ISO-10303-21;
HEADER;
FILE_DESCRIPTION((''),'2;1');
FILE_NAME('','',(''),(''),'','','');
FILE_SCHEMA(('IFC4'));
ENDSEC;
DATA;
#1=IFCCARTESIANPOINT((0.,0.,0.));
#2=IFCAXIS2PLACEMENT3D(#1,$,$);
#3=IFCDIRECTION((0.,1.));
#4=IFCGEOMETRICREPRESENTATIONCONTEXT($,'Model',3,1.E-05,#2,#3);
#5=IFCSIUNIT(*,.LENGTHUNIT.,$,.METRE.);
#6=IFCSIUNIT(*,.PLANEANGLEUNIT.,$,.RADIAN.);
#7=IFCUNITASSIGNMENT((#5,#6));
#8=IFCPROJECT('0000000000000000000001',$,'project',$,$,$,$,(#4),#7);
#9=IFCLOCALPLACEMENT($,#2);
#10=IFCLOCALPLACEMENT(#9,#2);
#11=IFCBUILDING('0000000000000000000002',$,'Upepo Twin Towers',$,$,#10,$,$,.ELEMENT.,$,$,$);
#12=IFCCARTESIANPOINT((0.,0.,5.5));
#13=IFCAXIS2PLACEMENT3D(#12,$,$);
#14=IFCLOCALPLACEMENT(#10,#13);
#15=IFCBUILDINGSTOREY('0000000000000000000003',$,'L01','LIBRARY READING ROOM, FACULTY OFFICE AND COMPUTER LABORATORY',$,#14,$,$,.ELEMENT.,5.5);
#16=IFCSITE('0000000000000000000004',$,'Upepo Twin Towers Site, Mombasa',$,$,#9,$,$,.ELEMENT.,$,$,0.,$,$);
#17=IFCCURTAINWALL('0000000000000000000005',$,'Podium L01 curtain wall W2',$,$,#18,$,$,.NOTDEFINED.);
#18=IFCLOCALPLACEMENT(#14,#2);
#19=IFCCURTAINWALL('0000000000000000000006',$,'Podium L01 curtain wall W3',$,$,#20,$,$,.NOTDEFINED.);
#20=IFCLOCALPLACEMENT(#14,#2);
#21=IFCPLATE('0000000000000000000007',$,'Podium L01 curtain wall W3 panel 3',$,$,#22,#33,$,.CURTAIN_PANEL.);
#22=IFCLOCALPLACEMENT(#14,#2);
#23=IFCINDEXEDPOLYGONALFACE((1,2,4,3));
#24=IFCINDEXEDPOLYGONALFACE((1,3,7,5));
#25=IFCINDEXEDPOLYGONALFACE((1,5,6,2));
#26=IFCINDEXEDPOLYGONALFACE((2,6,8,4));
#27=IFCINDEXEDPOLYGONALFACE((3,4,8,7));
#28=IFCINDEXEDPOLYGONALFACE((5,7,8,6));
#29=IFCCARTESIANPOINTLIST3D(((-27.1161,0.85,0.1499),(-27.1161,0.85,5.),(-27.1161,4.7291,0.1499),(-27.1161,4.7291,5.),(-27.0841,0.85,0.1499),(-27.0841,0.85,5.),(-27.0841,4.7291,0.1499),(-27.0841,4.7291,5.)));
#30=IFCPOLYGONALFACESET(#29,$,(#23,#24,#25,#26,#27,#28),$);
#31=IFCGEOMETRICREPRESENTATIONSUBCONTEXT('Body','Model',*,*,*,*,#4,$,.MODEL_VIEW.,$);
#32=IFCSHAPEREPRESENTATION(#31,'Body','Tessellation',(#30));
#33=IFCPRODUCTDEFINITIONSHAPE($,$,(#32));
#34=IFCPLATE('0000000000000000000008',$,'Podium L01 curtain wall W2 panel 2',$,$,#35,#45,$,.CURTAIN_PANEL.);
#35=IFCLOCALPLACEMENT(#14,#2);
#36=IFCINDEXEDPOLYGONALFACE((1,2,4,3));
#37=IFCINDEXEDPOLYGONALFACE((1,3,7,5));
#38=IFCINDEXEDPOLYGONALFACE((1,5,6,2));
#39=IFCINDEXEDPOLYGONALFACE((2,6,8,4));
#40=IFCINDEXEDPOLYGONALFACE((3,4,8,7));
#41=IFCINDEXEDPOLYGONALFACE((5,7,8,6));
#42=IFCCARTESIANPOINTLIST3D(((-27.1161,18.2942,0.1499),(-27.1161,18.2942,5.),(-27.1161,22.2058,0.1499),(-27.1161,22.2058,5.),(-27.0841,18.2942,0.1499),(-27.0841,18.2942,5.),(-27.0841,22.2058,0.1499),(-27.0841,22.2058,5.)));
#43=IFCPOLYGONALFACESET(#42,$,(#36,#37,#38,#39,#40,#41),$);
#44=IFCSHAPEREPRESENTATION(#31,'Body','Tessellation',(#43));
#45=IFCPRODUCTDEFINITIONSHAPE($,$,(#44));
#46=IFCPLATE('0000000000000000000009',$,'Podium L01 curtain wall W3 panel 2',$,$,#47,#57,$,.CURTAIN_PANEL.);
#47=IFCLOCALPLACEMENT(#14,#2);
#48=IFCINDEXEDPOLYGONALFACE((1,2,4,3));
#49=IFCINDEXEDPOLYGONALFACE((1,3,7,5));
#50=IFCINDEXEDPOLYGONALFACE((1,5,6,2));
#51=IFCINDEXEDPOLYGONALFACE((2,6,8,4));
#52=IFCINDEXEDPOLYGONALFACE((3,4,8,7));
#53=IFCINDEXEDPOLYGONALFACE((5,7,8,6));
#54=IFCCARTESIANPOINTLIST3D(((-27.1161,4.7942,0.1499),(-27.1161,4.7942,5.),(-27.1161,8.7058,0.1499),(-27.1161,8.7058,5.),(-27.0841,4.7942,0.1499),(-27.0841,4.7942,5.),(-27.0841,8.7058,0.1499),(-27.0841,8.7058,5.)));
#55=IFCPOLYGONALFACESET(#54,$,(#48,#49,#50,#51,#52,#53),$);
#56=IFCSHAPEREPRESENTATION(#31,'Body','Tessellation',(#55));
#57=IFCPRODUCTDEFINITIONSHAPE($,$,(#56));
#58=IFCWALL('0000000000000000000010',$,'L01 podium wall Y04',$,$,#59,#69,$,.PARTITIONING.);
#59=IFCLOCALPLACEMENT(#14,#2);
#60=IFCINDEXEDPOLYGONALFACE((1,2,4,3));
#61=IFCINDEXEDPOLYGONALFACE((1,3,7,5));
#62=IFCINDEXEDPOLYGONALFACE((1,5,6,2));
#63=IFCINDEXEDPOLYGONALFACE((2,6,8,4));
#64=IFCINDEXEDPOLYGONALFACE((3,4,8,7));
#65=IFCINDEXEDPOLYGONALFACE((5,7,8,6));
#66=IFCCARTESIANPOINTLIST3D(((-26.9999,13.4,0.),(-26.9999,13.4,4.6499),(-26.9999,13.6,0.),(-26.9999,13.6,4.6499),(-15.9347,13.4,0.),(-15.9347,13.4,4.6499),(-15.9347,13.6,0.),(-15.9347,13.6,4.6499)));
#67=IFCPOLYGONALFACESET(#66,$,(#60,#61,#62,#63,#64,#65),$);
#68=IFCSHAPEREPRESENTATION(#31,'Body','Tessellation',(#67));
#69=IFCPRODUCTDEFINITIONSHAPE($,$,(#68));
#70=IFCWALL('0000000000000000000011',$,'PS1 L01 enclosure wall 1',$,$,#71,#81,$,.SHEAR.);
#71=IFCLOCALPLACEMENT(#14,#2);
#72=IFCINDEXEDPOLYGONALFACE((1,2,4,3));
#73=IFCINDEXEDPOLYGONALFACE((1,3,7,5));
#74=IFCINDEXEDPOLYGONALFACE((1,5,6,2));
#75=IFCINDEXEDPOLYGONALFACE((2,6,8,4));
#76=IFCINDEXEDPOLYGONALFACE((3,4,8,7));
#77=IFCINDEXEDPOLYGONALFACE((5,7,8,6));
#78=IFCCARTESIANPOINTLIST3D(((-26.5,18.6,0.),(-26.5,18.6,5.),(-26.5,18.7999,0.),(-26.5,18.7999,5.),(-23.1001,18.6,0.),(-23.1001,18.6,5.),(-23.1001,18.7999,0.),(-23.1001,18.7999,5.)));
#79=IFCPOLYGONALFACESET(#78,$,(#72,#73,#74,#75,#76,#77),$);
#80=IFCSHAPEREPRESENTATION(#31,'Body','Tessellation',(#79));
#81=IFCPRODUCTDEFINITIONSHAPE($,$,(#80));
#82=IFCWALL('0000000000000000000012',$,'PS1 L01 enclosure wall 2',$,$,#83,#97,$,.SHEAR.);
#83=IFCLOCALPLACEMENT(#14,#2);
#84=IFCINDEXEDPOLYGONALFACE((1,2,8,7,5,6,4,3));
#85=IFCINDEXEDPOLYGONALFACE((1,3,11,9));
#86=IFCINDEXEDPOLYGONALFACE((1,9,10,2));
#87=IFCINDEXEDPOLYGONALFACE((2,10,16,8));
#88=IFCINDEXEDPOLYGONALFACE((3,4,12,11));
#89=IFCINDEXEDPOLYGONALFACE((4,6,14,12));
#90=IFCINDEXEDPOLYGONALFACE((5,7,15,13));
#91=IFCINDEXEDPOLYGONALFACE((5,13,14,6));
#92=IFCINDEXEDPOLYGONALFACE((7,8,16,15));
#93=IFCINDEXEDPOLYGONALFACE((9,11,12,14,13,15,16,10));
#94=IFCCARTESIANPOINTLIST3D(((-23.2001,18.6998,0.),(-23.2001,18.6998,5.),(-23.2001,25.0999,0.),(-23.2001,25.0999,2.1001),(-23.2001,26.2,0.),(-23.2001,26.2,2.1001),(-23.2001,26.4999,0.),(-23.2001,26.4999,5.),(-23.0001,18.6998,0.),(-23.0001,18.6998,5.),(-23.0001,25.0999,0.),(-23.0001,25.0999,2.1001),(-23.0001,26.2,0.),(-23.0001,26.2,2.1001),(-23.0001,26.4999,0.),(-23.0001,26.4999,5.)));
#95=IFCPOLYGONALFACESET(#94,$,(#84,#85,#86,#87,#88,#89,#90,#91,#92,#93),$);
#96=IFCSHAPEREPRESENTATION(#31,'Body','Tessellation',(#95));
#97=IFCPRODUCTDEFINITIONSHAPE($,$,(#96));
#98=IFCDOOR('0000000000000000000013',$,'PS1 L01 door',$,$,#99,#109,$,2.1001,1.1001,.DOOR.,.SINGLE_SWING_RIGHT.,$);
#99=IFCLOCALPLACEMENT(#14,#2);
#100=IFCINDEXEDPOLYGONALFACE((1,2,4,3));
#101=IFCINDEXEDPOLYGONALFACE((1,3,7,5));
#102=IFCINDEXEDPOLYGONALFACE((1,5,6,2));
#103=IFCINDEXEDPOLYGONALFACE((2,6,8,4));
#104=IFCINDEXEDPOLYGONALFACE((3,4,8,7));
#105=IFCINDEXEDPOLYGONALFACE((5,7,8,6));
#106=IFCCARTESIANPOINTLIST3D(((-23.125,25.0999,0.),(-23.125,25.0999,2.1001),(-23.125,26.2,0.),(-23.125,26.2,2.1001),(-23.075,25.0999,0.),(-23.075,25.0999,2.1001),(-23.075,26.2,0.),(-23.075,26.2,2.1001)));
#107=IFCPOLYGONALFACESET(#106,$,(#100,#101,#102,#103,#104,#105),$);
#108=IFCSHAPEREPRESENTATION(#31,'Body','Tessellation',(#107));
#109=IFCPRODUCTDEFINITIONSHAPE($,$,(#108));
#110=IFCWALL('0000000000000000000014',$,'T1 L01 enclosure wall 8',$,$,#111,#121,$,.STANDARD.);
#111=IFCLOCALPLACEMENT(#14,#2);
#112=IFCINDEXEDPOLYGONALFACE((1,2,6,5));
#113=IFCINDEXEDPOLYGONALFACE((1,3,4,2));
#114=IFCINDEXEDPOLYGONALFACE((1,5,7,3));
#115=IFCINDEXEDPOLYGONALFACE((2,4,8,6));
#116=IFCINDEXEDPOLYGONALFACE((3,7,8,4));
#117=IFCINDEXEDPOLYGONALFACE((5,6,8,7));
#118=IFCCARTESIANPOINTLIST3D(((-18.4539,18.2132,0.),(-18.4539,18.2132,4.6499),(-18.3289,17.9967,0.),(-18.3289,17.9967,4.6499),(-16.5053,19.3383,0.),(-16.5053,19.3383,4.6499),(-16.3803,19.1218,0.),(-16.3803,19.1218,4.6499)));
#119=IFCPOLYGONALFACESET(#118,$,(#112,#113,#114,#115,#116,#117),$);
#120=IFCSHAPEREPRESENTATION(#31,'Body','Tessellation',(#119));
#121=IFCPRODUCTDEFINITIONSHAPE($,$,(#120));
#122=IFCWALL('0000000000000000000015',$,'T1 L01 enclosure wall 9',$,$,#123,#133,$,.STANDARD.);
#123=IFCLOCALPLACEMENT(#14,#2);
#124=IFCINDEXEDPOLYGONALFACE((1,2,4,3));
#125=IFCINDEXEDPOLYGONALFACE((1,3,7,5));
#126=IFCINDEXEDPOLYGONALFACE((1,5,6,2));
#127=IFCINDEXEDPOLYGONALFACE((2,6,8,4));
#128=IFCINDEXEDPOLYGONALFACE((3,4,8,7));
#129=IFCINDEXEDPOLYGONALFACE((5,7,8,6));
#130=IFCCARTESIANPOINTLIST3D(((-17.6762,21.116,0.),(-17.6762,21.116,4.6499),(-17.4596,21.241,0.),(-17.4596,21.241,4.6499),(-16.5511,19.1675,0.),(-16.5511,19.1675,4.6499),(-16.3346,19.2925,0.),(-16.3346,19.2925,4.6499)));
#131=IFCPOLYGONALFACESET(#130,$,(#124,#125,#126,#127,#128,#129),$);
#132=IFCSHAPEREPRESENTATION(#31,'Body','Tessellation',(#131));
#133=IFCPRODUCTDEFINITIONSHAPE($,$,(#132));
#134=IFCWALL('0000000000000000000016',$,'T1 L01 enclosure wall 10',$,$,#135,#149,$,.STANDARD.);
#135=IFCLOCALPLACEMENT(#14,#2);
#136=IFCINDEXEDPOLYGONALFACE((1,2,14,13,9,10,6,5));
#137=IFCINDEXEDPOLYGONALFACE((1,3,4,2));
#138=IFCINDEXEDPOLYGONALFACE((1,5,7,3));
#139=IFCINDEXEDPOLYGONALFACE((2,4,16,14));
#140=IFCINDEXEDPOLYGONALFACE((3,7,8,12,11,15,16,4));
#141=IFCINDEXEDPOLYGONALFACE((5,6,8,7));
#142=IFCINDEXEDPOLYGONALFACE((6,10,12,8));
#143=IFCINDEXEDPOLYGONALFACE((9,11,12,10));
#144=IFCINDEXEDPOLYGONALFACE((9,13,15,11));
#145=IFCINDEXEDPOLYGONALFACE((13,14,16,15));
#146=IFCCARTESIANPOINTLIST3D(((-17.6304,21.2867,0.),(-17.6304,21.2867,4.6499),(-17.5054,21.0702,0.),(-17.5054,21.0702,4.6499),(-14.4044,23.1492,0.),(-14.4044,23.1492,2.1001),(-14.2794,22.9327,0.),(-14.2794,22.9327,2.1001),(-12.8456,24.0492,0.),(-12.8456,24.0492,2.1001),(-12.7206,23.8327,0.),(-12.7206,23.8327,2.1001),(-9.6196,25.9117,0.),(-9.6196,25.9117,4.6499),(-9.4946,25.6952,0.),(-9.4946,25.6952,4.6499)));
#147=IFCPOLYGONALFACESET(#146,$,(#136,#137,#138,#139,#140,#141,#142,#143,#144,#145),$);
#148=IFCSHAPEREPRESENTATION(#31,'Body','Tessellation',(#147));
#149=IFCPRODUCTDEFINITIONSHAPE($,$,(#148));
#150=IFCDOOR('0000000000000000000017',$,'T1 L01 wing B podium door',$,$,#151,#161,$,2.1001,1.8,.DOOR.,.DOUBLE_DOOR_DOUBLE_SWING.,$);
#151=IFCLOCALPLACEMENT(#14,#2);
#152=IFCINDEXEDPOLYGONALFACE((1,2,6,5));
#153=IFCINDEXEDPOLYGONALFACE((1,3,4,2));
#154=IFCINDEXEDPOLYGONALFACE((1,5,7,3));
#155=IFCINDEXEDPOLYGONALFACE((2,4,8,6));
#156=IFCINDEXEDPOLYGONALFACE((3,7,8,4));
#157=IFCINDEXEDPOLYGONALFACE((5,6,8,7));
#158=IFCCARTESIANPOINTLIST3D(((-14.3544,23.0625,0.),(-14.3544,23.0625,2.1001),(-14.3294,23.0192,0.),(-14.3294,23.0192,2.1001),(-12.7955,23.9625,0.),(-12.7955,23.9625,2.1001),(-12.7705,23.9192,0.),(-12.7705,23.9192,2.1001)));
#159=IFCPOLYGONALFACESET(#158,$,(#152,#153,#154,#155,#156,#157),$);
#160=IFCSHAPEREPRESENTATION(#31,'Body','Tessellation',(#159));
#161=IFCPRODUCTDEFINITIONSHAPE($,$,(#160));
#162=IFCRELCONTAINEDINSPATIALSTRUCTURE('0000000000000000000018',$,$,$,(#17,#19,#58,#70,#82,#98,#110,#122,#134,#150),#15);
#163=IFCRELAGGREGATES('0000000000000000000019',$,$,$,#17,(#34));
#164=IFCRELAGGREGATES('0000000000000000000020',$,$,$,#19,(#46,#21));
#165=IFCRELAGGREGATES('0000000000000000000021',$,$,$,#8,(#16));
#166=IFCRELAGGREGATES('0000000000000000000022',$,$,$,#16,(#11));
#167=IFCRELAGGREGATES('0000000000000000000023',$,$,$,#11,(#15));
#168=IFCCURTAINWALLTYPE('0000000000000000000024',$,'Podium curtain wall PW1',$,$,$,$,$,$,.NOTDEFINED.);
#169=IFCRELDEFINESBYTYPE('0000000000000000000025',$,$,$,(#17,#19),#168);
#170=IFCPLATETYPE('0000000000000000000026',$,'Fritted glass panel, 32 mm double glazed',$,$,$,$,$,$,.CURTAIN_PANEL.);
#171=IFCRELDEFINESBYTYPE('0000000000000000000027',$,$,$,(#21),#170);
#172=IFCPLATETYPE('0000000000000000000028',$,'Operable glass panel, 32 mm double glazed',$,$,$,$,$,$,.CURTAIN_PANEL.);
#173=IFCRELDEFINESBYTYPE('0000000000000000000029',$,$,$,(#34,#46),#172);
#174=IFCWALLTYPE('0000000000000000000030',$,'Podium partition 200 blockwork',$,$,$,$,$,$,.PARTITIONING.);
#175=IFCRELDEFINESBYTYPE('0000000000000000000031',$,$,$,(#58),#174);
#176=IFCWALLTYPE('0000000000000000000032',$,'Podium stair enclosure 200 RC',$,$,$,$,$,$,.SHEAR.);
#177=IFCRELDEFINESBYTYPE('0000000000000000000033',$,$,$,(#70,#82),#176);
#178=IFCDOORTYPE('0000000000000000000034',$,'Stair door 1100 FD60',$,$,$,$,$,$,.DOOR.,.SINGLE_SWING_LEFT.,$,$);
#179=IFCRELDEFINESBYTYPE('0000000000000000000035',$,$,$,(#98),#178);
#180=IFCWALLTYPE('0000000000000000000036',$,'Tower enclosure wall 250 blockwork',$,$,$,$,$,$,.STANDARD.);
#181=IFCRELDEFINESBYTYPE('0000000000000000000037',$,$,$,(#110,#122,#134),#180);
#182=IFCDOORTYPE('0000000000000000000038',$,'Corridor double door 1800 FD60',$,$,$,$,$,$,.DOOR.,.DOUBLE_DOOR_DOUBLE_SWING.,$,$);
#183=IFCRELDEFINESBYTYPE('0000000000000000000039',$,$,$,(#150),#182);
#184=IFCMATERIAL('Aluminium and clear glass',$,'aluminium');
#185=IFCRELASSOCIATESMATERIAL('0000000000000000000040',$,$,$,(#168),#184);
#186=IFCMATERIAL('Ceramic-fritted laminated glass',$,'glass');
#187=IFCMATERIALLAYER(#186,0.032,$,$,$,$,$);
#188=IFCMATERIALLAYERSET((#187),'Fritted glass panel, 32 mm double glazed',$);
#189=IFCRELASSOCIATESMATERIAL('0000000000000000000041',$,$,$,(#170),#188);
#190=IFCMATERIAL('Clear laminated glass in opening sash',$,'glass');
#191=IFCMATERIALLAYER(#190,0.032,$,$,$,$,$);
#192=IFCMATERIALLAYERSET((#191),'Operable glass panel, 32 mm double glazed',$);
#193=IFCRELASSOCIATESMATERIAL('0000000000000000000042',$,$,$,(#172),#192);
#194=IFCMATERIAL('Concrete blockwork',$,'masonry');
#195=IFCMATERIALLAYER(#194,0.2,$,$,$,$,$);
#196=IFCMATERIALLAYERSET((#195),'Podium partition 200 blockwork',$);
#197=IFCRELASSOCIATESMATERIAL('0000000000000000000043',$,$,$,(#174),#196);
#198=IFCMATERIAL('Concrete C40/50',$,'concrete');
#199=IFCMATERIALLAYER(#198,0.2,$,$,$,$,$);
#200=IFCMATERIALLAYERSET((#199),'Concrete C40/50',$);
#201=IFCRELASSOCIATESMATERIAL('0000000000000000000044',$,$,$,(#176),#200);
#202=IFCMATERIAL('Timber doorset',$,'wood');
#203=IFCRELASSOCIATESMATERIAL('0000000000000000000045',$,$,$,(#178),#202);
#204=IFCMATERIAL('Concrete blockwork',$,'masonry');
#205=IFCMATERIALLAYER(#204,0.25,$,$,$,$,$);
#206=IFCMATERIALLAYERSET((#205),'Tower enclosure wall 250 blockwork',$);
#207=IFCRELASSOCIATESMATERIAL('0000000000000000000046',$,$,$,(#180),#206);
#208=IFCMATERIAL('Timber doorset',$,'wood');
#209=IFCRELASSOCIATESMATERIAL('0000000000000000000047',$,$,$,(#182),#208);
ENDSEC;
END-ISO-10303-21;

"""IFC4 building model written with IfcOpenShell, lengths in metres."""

from ifc_helpers import new_model, si_unit, direction, frame, frame_2d, origin, origin_2d, place, context, subcontext, project, spatial, rectangle, extrude, material, layer, layer_set, type_object, element, fill, aggregate, save


model = new_model("IFC4")

# Units and contexts
model_context = context("Model", 3, precision=1e-05, world=origin(), true_north=direction((0.0, 1.0)))
body_context = subcontext(model_context, "Body", "Model", "MODEL_VIEW")
ifc_project = project(units=[si_unit("LENGTHUNIT", "METRE"), si_unit("PLANEANGLEUNIT", "RADIAN")], contexts=[model_context])

# Site, building, storey
site_placement = place(None, origin())
site = spatial("IfcSite", under=ifc_project, at=site_placement, Name="Upepo Twin Towers Site, Mombasa", CompositionType="ELEMENT", RefElevation=0.0)
building_placement = place(site_placement, origin())
building = spatial("IfcBuilding", under=site, at=building_placement, Name="Upepo Twin Towers", CompositionType="ELEMENT")
storey_placement = place(building_placement, frame((0.0, 0.0, 5.5)))
storey = spatial("IfcBuildingStorey", under=building, at=storey_placement, Name="L01", Description="LIBRARY READING ROOM, FACULTY OFFICE AND COMPUTER LABORATORY", CompositionType="ELEMENT", Elevation=5.5)

# Curtain walls
ifc_material_1 = material(Name="Aluminium and clear glass", Category="aluminium")
curtain_wall_type = type_object("IfcCurtainWallType", Name="Podium curtain wall PW1", PredefinedType="NOTDEFINED", material=ifc_material_1)
curtain_wall_1_placement = place(storey_placement, origin())
curtain_wall_1 = element("IfcCurtainWall", 1, at=curtain_wall_1_placement, inside=storey, type_object=curtain_wall_type, Name="Podium L01 curtain wall W2", PredefinedType="NOTDEFINED")
curtain_wall_2_placement = place(storey_placement, origin())
curtain_wall_2 = element("IfcCurtainWall", 2, at=curtain_wall_2_placement, inside=storey, type_object=curtain_wall_type, Name="Podium L01 curtain wall W3", PredefinedType="NOTDEFINED")

# Plates
ifc_material_2 = material(Name="Ceramic-fritted laminated glass", Category="glass")
ifc_layer_1 = layer(ifc_material_2, 0.032)
ifc_layer_set_1 = layer_set([ifc_layer_1], Name="Fritted glass panel, 32 mm double glazed")
plate_type_1 = type_object("IfcPlateType", Name="Fritted glass panel, 32 mm double glazed", PredefinedType="CURTAIN_PANEL", material=ifc_layer_set_1)
plate_1_placement = place(storey_placement, frame((-27.1001, 2.7896, 0.1499), z_axis=(0.0, 0.0, 1.0), x_axis=(0.0, -1.0, 0.0)))
plate_1 = element("IfcPlate", 3, at=plate_1_placement, type_object=plate_type_1, Name="Podium L01 curtain wall W3 panel 3", PredefinedType="CURTAIN_PANEL", context=body_context, shape_type="SweptSolid", body=[
    extrude(rectangle(XDim=3.8792, YDim=0.032, at=origin_2d()), origin(), (0.0, 0.0, 1.0), 4.8501),
])
ifc_material_3 = material(Name="Clear laminated glass in opening sash", Category="glass")
ifc_layer_2 = layer(ifc_material_3, 0.032)
ifc_layer_set_2 = layer_set([ifc_layer_2], Name="Operable glass panel, 32 mm double glazed")
plate_type_2 = type_object("IfcPlateType", Name="Operable glass panel, 32 mm double glazed", PredefinedType="CURTAIN_PANEL", material=ifc_layer_set_2)
plate_2_placement = place(storey_placement, frame((-27.1001, 20.25, 0.1499), z_axis=(0.0, 0.0, 1.0), x_axis=(0.0, -1.0, 0.0)))
plate_2 = element("IfcPlate", 4, at=plate_2_placement, type_object=plate_type_2, Name="Podium L01 curtain wall W2 panel 2", PredefinedType="CURTAIN_PANEL", context=body_context, shape_type="SweptSolid", body=[
    extrude(rectangle(XDim=3.9116, YDim=0.032, at=origin_2d()), origin(), (0.0, 0.0, 1.0), 4.8501),
])
aggregate(curtain_wall_1, [plate_2])
plate_3_placement = place(storey_placement, frame((-27.1001, 6.75, 0.1499), z_axis=(0.0, 0.0, 1.0), x_axis=(0.0, -1.0, 0.0)))
plate_3 = element("IfcPlate", 5, at=plate_3_placement, type_object=plate_type_2, Name="Podium L01 curtain wall W3 panel 2", PredefinedType="CURTAIN_PANEL", context=body_context, shape_type="SweptSolid", body=[
    extrude(rectangle(XDim=3.9116, YDim=0.032, at=origin_2d()), origin(), (0.0, 0.0, 1.0), 4.8501),
])
aggregate(curtain_wall_2, [plate_3, plate_1])

# Walls
ifc_material_4 = material(Name="Concrete blockwork", Category="masonry")
ifc_layer_3 = layer(ifc_material_4, 0.2)
ifc_layer_set_3 = layer_set([ifc_layer_3], Name="Podium partition 200 blockwork")
wall_type_1 = type_object("IfcWallType", Name="Podium partition 200 blockwork", PredefinedType="PARTITIONING", material=ifc_layer_set_3)
wall_1_placement = place(storey_placement, frame((-27.0, 13.5, 0.0), z_axis=(0.0, 0.0, 1.0), x_axis=(1.0, 0.0, 0.0)))
element("IfcWall", 6, at=wall_1_placement, inside=storey, type_object=wall_type_1, Name="L01 podium wall Y04", PredefinedType="PARTITIONING", context=body_context, shape_type="SweptSolid", body=[
    extrude(rectangle(XDim=11.0652, YDim=0.2, at=frame_2d((5.5327, 0.0))), origin(), (0.0, 0.0, 1.0), 4.6499),
])
ifc_material_5 = material(Name="Concrete C40/50", Category="concrete")
ifc_layer_4 = layer(ifc_material_5, 0.2)
ifc_layer_set_4 = layer_set([ifc_layer_4], Name="Concrete C40/50")
wall_type_2 = type_object("IfcWallType", Name="Podium stair enclosure 200 RC", PredefinedType="SHEAR", material=ifc_layer_set_4)
wall_2_placement = place(storey_placement, frame((-26.5, 18.7, 0.0), z_axis=(0.0, 0.0, 1.0), x_axis=(1.0, 0.0, 0.0)))
element("IfcWall", 7, at=wall_2_placement, inside=storey, type_object=wall_type_2, Name="PS1 L01 enclosure wall 1", PredefinedType="SHEAR", context=body_context, shape_type="SweptSolid", body=[
    extrude(rectangle(XDim=3.3999, YDim=0.2, at=frame_2d((1.7, 0.0))), origin(), (0.0, 0.0, 1.0), 5.0),
])

# Wall, opening, door
wall_3_placement = place(storey_placement, frame((-23.1001, 18.7, 0.0), z_axis=(0.0, 0.0, 1.0), x_axis=(0.0, 1.0, 0.0)))
wall_3 = element("IfcWall", 8, at=wall_3_placement, inside=storey, type_object=wall_type_2, Name="PS1 L01 enclosure wall 2", PredefinedType="SHEAR", context=body_context, shape_type="SweptSolid", body=[
    extrude(rectangle(XDim=7.8, YDim=0.2, at=frame_2d((3.8999, 0.0))), origin(), (0.0, 0.0, 1.0), 5.0),
])
opening_1_placement = place(wall_3_placement, frame((6.3999, 0.0, 0.0)))
opening_1 = element("IfcOpeningElement", 9, at=opening_1_placement, cuts=wall_3, PredefinedType="OPENING", context=body_context, shape_type="SweptSolid", body=[
    extrude(rectangle(XDim=1.1001, YDim=2.1001, at=frame_2d((0.55, 1.05))), frame((0.0, 0.1099, 0.0), z_axis=(0.0, -1.0, 0.0), x_axis=(1.0, 0.0, 0.0)), (0.0, 0.0, 1.0), 0.22),
])
ifc_material_6 = material(Name="Timber doorset", Category="wood")
door_type_1 = type_object("IfcDoorType", Name="Stair door 1100 FD60", OperationType="SINGLE_SWING_LEFT", PredefinedType="DOOR", material=ifc_material_6)
door_1_placement = place(opening_1_placement, origin())
door_1 = element("IfcDoor", 10, at=door_1_placement, inside=storey, type_object=door_type_1, Name="PS1 L01 door", OperationType="SINGLE_SWING_RIGHT", OverallHeight=2.1001, OverallWidth=1.1001, PredefinedType="DOOR", context=body_context, shape_type="SweptSolid", body=[
    extrude(rectangle(XDim=1.1001, YDim=2.1001, at=frame_2d((0.55, 1.05))), frame((0.0, 0.0249, 0.0), z_axis=(0.0, -1.0, 0.0), x_axis=(1.0, 0.0, 0.0)), (0.0, 0.0, 1.0), 0.05),
])
fill(opening_1, door_1)

# Walls
ifc_material_7 = material(Name="Concrete blockwork", Category="masonry")
ifc_layer_5 = layer(ifc_material_7, 0.25)
ifc_layer_set_5 = layer_set([ifc_layer_5], Name="Tower enclosure wall 250 blockwork")
wall_type_3 = type_object("IfcWallType", Name="Tower enclosure wall 250 blockwork", PredefinedType="STANDARD", material=ifc_layer_set_5)
for number, where, z_axis, x_axis, name in (
    (11, (-18.3914, 18.105, 0.0), (0.0, 0.0, 1.0), (0.866018, 0.500014, 0.0), "T1 L01 enclosure wall 8"),
    (12, (-16.4429, 19.23, 0.0), (0.0, 0.0, 1.0), (-0.500014, 0.866018, 0.0), "T1 L01 enclosure wall 9"),
):
    element("IfcWall", number, at=place(storey_placement, frame(where, z_axis=z_axis, x_axis=x_axis)), inside=storey, type_object=wall_type_3, Name=name, PredefinedType="STANDARD", context=body_context, shape_type="SweptSolid", body=[
        extrude(rectangle(XDim=2.25, YDim=0.25, at=frame_2d((1.125, 0.0))), origin(), (0.0, 0.0, 1.0), 4.6499),
    ])

# Wall, opening, door
wall_4_placement = place(storey_placement, frame((-17.5679, 21.1785, 0.0), z_axis=(0.0, 0.0, 1.0), x_axis=(0.866026, 0.5, 0.0)))
wall_4 = element("IfcWall", 13, at=wall_4_placement, inside=storey, type_object=wall_type_3, Name="T1 L01 enclosure wall 10", PredefinedType="STANDARD", context=body_context, shape_type="SweptSolid", body=[
    extrude(rectangle(XDim=9.25, YDim=0.25, at=frame_2d((4.625, 0.0))), origin(), (0.0, 0.0, 1.0), 4.6499),
])
opening_2_placement = place(wall_4_placement, frame((3.7251, 0.0, 0.0)))
opening_2 = element("IfcOpeningElement", 14, at=opening_2_placement, cuts=wall_4, PredefinedType="OPENING", context=body_context, shape_type="SweptSolid", body=[
    extrude(rectangle(XDim=1.8, YDim=2.1001, at=frame_2d((0.8999, 1.05))), frame((0.0, 0.135, 0.0), z_axis=(0.0, -1.0, 0.0), x_axis=(1.0, 0.0, 0.0)), (0.0, 0.0, 1.0), 0.27),
])
ifc_material_8 = material(Name="Timber doorset", Category="wood")
door_type_2 = type_object("IfcDoorType", Name="Corridor double door 1800 FD60", OperationType="DOUBLE_DOOR_DOUBLE_SWING", PredefinedType="DOOR", material=ifc_material_8)
door_2_placement = place(opening_2_placement, origin())
door_2 = element("IfcDoor", 15, at=door_2_placement, inside=storey, type_object=door_type_2, Name="T1 L01 wing B podium door", OperationType="DOUBLE_DOOR_DOUBLE_SWING", OverallHeight=2.1001, OverallWidth=1.8, PredefinedType="DOOR", context=body_context, shape_type="SweptSolid", body=[
    extrude(rectangle(XDim=1.8, YDim=2.1001, at=frame_2d((0.8999, 1.05))), frame((0.0, 0.0249, 0.0), z_axis=(0.0, -1.0, 0.0), x_axis=(1.0, 0.0, 0.0)), (0.0, 0.0, 1.0), 0.05),
])
fill(opening_2, door_2)

save(model, "model.ifc")
